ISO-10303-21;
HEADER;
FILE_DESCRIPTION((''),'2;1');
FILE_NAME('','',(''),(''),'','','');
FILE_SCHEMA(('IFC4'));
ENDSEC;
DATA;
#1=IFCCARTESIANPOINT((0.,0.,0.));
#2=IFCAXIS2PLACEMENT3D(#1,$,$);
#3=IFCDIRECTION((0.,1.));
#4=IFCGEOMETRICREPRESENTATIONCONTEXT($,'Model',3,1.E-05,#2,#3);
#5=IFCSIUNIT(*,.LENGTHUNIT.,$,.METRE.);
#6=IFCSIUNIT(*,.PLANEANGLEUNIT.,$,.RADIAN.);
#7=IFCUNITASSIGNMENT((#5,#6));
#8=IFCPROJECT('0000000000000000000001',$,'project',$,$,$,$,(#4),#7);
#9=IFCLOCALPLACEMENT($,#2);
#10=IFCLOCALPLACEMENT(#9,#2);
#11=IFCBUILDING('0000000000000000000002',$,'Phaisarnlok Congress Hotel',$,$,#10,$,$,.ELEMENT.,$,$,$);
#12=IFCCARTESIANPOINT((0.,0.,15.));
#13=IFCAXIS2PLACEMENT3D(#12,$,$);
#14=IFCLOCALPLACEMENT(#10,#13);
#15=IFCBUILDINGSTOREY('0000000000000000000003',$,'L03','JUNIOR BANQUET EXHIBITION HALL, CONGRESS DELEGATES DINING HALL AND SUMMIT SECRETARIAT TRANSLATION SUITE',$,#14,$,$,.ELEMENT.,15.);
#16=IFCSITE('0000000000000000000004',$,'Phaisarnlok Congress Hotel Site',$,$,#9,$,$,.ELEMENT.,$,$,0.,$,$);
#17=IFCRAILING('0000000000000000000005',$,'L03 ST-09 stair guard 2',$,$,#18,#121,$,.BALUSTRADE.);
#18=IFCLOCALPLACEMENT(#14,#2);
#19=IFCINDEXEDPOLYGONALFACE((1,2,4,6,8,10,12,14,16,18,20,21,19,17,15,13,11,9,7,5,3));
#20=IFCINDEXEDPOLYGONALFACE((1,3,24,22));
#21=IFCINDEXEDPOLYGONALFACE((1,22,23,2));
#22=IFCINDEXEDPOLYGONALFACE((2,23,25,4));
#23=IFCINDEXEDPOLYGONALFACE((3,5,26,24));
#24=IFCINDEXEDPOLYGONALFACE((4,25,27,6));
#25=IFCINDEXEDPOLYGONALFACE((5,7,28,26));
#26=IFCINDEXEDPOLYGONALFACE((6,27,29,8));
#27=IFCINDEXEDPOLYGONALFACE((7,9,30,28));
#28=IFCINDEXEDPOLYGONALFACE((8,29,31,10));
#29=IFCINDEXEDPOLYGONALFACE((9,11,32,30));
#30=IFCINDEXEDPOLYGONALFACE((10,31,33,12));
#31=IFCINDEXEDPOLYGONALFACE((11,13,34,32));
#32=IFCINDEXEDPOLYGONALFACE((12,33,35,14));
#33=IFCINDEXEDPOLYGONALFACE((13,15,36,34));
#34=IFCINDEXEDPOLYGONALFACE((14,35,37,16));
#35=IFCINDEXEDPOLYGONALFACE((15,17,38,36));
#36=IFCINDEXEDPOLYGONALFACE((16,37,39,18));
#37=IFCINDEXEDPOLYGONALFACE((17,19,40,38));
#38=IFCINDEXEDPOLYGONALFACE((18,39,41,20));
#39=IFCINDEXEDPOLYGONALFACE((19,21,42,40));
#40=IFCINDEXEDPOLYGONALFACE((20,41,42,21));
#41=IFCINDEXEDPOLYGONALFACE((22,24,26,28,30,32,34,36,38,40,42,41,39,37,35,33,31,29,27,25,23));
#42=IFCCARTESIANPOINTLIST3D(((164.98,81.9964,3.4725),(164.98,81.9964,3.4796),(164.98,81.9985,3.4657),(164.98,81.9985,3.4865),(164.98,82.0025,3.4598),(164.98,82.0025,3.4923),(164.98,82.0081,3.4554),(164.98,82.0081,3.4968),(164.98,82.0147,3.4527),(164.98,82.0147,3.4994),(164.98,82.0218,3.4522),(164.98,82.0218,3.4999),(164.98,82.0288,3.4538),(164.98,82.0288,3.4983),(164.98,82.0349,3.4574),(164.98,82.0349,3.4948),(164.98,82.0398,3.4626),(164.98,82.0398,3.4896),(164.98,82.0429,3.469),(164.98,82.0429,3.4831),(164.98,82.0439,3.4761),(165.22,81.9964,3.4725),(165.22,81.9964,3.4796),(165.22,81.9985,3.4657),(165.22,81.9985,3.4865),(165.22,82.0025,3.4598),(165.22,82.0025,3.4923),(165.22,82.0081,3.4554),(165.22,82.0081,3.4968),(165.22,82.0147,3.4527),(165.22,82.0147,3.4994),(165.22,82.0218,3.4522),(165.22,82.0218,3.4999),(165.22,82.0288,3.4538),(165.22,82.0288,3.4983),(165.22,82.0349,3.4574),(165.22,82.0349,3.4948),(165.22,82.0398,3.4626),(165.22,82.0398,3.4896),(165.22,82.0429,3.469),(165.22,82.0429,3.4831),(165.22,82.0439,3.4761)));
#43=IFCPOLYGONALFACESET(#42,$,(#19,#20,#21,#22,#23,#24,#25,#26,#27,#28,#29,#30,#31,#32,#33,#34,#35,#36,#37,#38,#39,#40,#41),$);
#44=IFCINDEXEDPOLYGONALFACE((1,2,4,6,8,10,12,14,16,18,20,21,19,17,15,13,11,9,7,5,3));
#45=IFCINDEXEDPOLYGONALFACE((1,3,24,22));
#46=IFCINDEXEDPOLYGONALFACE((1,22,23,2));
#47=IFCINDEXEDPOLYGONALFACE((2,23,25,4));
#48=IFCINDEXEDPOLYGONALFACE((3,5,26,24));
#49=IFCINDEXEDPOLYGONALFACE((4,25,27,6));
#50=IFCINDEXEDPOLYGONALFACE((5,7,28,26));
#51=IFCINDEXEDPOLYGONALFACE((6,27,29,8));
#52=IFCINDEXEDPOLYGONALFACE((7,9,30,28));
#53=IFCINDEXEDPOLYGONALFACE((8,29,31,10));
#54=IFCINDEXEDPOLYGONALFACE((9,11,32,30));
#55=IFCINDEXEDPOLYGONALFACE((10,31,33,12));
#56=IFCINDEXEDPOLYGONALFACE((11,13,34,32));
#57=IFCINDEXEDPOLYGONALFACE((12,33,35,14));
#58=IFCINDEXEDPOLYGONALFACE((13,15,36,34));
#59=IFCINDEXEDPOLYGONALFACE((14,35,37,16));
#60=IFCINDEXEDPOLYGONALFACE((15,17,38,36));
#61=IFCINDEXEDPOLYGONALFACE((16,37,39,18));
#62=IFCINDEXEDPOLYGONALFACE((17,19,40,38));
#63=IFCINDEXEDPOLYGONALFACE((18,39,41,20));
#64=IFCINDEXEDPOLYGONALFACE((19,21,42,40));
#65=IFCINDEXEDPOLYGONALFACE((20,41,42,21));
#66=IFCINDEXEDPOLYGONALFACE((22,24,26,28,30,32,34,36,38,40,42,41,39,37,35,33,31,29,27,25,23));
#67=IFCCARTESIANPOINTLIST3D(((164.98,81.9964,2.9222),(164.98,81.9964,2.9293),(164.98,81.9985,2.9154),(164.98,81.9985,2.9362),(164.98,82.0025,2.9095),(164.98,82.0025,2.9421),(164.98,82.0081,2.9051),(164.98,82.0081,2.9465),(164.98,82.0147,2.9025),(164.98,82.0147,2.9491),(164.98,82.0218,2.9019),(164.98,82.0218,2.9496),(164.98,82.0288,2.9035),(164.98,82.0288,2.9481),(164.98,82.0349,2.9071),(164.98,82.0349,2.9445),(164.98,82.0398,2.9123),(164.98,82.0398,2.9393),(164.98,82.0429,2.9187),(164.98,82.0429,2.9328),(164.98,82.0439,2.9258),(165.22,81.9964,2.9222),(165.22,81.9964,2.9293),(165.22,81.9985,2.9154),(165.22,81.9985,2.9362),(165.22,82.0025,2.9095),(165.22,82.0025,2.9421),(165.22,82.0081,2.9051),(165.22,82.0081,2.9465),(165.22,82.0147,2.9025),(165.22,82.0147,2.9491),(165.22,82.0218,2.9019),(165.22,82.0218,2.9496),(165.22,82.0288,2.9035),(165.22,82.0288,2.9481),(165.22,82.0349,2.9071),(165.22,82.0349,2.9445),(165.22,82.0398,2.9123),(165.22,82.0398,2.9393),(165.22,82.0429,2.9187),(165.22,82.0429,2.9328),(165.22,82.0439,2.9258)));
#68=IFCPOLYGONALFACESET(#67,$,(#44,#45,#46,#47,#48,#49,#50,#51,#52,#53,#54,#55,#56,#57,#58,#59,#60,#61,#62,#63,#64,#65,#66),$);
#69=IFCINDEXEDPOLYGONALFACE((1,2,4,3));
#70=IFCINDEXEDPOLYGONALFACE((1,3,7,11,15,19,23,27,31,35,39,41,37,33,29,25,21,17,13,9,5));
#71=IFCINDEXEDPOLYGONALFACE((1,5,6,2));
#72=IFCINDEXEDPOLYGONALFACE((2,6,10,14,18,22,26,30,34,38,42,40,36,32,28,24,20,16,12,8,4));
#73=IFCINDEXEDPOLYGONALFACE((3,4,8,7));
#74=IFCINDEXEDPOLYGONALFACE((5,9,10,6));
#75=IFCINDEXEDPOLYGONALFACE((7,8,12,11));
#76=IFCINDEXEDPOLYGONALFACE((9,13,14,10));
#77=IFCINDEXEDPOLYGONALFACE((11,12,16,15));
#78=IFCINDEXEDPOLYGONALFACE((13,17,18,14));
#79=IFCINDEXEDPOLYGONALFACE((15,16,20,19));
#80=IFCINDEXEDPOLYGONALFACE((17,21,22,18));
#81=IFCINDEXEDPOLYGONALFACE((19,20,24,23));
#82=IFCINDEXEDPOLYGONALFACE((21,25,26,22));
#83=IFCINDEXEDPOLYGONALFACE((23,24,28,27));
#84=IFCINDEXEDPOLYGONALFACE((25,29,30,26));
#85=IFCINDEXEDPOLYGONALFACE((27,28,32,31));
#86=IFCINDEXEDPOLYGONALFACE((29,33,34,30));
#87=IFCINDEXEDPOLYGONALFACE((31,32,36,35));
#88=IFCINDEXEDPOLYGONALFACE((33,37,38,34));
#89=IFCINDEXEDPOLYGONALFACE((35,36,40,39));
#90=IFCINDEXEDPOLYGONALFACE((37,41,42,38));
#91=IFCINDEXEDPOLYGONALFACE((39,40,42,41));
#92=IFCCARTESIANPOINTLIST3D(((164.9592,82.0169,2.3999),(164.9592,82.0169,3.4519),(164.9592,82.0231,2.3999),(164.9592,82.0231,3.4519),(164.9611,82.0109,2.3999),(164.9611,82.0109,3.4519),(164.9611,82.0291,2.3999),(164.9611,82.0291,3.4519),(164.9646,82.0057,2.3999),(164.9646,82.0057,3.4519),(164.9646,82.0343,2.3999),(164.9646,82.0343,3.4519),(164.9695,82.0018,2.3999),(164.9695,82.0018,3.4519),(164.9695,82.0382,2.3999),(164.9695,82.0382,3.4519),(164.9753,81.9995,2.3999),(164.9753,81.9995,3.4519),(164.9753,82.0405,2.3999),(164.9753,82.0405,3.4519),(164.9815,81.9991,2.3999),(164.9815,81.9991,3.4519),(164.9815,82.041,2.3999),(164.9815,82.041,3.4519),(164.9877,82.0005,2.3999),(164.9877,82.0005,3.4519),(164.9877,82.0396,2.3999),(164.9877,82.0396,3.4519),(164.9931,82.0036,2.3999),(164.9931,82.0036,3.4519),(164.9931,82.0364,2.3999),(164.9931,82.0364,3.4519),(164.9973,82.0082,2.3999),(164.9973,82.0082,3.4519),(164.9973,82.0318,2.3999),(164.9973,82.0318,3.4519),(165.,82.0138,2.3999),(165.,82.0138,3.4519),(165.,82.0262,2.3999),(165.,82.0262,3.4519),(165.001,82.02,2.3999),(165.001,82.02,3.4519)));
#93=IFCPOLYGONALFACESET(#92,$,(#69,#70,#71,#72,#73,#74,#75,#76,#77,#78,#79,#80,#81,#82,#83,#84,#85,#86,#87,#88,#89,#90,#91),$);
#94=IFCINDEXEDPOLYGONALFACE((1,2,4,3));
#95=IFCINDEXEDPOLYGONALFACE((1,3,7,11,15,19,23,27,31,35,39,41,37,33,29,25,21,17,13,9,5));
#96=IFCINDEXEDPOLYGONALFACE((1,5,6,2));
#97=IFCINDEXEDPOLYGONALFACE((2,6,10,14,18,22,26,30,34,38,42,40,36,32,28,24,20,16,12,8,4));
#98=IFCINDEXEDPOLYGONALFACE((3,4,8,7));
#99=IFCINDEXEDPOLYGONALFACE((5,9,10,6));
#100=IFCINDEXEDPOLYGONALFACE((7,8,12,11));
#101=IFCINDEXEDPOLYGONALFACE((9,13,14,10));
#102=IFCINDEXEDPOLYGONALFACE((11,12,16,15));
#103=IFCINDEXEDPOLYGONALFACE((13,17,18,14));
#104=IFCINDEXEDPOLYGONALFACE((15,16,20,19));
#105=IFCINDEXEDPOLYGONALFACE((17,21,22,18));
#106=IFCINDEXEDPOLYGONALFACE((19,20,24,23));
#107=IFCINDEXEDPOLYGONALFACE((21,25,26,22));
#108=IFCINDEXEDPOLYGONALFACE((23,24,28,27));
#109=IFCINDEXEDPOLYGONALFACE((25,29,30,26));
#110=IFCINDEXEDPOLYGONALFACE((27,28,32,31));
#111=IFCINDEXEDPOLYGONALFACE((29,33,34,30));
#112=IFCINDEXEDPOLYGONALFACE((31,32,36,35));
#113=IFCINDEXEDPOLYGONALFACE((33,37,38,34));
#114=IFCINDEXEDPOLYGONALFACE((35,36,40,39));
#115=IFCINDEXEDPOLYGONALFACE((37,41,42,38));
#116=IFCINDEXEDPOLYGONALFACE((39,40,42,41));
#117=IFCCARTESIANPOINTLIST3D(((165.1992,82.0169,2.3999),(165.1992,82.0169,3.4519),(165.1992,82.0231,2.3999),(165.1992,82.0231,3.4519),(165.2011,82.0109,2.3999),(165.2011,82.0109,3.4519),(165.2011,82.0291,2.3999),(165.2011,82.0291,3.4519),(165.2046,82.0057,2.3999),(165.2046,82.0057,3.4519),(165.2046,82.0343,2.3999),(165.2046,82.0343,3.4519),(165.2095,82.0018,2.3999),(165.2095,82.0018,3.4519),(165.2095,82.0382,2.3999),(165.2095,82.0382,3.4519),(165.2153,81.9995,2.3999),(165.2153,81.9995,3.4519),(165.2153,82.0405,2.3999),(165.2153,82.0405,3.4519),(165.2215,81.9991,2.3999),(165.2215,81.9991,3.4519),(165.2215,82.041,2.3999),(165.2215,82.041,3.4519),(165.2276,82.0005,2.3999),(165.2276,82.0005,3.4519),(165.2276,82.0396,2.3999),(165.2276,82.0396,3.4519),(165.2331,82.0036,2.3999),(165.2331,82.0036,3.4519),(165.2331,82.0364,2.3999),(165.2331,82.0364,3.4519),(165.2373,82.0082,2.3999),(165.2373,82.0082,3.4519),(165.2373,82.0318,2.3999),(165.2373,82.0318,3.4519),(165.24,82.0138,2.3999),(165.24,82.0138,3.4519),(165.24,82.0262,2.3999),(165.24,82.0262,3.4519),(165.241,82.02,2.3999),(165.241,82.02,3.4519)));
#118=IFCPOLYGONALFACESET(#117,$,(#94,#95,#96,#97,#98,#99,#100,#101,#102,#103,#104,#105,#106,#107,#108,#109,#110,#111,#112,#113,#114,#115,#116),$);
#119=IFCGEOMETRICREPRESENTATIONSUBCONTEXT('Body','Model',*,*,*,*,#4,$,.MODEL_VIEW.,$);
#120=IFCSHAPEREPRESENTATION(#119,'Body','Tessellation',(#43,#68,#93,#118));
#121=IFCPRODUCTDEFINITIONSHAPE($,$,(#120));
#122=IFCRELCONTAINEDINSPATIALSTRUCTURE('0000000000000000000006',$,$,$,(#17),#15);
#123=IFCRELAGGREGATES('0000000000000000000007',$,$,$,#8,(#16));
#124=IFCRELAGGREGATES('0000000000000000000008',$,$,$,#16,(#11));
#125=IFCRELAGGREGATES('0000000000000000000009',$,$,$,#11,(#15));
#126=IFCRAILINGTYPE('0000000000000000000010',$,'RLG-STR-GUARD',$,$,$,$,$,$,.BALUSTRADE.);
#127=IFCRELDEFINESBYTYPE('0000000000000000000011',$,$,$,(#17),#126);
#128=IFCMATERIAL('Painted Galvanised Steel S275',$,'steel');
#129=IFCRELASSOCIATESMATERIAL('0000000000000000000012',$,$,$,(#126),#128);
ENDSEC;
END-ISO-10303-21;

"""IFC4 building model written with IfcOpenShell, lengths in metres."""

from ifc_helpers import new_model, si_unit, direction, frame, origin, origin_2d, place, context, subcontext, project, spatial, circle, extrude, material, type_object, element, save


model = new_model("IFC4")

# Units and contexts
model_context = context("Model", 3, precision=1e-05, world=origin(), true_north=direction((0.0, 1.0)))
body_context = subcontext(model_context, "Body", "Model", "MODEL_VIEW")
ifc_project = project(units=[si_unit("LENGTHUNIT", "METRE"), si_unit("PLANEANGLEUNIT", "RADIAN")], contexts=[model_context])

# Site, building, storey
site_placement = place(None, origin())
site = spatial("IfcSite", under=ifc_project, at=site_placement, Name="Phaisarnlok Congress Hotel Site", CompositionType="ELEMENT", RefElevation=0.0)
building_placement = place(site_placement, origin())
building = spatial("IfcBuilding", under=site, at=building_placement, Name="Phaisarnlok Congress Hotel", CompositionType="ELEMENT")
storey_placement = place(building_placement, frame((0.0, 0.0, 15.0)))
storey = spatial("IfcBuildingStorey", under=building, at=storey_placement, Name="L03", Description="JUNIOR BANQUET EXHIBITION HALL, CONGRESS DELEGATES DINING HALL AND SUMMIT SECRETARIAT TRANSLATION SUITE", CompositionType="ELEMENT", Elevation=15.0)

# Railing
ifc_material_1 = material(Name="Painted Galvanised Steel S275", Category="steel")
railing_type_1 = type_object("IfcRailingType", Name="RLG-STR-GUARD", PredefinedType="BALUSTRADE", material=ifc_material_1)
railing_1_placement = place(storey_placement, frame((164.98, 82.02, 2.3999)))
element("IfcRailing", 1, at=railing_1_placement, inside=storey, type_object=railing_type_1, Name="L03 ST-09 stair guard 2", PredefinedType="BALUSTRADE", context=body_context, shape_type="SweptSolid", body=[
    extrude(circle(Radius=0.0239, at=origin_2d()), frame((0.0, 0.0, 1.0762), z_axis=(1.0, 0.0, 0.0), x_axis=(0.0, 1.0, 0.0)), (0.0, 0.0, 1.0), 0.24),
    extrude(circle(Radius=0.0239, at=origin_2d()), frame((0.0, 0.0, 0.5259), z_axis=(1.0, 0.0, 0.0), x_axis=(0.0, 1.0, 0.0)), (0.0, 0.0, 1.0), 0.24),
    extrude(circle(Radius=0.021, at=origin_2d()), origin(), (0.0, 0.0, 1.0), 1.052),
    extrude(circle(Radius=0.021, at=origin_2d()), frame((0.24, 0.0, 0.0)), (0.0, 0.0, 1.0), 1.052),
])

save(model, "model.ifc")
